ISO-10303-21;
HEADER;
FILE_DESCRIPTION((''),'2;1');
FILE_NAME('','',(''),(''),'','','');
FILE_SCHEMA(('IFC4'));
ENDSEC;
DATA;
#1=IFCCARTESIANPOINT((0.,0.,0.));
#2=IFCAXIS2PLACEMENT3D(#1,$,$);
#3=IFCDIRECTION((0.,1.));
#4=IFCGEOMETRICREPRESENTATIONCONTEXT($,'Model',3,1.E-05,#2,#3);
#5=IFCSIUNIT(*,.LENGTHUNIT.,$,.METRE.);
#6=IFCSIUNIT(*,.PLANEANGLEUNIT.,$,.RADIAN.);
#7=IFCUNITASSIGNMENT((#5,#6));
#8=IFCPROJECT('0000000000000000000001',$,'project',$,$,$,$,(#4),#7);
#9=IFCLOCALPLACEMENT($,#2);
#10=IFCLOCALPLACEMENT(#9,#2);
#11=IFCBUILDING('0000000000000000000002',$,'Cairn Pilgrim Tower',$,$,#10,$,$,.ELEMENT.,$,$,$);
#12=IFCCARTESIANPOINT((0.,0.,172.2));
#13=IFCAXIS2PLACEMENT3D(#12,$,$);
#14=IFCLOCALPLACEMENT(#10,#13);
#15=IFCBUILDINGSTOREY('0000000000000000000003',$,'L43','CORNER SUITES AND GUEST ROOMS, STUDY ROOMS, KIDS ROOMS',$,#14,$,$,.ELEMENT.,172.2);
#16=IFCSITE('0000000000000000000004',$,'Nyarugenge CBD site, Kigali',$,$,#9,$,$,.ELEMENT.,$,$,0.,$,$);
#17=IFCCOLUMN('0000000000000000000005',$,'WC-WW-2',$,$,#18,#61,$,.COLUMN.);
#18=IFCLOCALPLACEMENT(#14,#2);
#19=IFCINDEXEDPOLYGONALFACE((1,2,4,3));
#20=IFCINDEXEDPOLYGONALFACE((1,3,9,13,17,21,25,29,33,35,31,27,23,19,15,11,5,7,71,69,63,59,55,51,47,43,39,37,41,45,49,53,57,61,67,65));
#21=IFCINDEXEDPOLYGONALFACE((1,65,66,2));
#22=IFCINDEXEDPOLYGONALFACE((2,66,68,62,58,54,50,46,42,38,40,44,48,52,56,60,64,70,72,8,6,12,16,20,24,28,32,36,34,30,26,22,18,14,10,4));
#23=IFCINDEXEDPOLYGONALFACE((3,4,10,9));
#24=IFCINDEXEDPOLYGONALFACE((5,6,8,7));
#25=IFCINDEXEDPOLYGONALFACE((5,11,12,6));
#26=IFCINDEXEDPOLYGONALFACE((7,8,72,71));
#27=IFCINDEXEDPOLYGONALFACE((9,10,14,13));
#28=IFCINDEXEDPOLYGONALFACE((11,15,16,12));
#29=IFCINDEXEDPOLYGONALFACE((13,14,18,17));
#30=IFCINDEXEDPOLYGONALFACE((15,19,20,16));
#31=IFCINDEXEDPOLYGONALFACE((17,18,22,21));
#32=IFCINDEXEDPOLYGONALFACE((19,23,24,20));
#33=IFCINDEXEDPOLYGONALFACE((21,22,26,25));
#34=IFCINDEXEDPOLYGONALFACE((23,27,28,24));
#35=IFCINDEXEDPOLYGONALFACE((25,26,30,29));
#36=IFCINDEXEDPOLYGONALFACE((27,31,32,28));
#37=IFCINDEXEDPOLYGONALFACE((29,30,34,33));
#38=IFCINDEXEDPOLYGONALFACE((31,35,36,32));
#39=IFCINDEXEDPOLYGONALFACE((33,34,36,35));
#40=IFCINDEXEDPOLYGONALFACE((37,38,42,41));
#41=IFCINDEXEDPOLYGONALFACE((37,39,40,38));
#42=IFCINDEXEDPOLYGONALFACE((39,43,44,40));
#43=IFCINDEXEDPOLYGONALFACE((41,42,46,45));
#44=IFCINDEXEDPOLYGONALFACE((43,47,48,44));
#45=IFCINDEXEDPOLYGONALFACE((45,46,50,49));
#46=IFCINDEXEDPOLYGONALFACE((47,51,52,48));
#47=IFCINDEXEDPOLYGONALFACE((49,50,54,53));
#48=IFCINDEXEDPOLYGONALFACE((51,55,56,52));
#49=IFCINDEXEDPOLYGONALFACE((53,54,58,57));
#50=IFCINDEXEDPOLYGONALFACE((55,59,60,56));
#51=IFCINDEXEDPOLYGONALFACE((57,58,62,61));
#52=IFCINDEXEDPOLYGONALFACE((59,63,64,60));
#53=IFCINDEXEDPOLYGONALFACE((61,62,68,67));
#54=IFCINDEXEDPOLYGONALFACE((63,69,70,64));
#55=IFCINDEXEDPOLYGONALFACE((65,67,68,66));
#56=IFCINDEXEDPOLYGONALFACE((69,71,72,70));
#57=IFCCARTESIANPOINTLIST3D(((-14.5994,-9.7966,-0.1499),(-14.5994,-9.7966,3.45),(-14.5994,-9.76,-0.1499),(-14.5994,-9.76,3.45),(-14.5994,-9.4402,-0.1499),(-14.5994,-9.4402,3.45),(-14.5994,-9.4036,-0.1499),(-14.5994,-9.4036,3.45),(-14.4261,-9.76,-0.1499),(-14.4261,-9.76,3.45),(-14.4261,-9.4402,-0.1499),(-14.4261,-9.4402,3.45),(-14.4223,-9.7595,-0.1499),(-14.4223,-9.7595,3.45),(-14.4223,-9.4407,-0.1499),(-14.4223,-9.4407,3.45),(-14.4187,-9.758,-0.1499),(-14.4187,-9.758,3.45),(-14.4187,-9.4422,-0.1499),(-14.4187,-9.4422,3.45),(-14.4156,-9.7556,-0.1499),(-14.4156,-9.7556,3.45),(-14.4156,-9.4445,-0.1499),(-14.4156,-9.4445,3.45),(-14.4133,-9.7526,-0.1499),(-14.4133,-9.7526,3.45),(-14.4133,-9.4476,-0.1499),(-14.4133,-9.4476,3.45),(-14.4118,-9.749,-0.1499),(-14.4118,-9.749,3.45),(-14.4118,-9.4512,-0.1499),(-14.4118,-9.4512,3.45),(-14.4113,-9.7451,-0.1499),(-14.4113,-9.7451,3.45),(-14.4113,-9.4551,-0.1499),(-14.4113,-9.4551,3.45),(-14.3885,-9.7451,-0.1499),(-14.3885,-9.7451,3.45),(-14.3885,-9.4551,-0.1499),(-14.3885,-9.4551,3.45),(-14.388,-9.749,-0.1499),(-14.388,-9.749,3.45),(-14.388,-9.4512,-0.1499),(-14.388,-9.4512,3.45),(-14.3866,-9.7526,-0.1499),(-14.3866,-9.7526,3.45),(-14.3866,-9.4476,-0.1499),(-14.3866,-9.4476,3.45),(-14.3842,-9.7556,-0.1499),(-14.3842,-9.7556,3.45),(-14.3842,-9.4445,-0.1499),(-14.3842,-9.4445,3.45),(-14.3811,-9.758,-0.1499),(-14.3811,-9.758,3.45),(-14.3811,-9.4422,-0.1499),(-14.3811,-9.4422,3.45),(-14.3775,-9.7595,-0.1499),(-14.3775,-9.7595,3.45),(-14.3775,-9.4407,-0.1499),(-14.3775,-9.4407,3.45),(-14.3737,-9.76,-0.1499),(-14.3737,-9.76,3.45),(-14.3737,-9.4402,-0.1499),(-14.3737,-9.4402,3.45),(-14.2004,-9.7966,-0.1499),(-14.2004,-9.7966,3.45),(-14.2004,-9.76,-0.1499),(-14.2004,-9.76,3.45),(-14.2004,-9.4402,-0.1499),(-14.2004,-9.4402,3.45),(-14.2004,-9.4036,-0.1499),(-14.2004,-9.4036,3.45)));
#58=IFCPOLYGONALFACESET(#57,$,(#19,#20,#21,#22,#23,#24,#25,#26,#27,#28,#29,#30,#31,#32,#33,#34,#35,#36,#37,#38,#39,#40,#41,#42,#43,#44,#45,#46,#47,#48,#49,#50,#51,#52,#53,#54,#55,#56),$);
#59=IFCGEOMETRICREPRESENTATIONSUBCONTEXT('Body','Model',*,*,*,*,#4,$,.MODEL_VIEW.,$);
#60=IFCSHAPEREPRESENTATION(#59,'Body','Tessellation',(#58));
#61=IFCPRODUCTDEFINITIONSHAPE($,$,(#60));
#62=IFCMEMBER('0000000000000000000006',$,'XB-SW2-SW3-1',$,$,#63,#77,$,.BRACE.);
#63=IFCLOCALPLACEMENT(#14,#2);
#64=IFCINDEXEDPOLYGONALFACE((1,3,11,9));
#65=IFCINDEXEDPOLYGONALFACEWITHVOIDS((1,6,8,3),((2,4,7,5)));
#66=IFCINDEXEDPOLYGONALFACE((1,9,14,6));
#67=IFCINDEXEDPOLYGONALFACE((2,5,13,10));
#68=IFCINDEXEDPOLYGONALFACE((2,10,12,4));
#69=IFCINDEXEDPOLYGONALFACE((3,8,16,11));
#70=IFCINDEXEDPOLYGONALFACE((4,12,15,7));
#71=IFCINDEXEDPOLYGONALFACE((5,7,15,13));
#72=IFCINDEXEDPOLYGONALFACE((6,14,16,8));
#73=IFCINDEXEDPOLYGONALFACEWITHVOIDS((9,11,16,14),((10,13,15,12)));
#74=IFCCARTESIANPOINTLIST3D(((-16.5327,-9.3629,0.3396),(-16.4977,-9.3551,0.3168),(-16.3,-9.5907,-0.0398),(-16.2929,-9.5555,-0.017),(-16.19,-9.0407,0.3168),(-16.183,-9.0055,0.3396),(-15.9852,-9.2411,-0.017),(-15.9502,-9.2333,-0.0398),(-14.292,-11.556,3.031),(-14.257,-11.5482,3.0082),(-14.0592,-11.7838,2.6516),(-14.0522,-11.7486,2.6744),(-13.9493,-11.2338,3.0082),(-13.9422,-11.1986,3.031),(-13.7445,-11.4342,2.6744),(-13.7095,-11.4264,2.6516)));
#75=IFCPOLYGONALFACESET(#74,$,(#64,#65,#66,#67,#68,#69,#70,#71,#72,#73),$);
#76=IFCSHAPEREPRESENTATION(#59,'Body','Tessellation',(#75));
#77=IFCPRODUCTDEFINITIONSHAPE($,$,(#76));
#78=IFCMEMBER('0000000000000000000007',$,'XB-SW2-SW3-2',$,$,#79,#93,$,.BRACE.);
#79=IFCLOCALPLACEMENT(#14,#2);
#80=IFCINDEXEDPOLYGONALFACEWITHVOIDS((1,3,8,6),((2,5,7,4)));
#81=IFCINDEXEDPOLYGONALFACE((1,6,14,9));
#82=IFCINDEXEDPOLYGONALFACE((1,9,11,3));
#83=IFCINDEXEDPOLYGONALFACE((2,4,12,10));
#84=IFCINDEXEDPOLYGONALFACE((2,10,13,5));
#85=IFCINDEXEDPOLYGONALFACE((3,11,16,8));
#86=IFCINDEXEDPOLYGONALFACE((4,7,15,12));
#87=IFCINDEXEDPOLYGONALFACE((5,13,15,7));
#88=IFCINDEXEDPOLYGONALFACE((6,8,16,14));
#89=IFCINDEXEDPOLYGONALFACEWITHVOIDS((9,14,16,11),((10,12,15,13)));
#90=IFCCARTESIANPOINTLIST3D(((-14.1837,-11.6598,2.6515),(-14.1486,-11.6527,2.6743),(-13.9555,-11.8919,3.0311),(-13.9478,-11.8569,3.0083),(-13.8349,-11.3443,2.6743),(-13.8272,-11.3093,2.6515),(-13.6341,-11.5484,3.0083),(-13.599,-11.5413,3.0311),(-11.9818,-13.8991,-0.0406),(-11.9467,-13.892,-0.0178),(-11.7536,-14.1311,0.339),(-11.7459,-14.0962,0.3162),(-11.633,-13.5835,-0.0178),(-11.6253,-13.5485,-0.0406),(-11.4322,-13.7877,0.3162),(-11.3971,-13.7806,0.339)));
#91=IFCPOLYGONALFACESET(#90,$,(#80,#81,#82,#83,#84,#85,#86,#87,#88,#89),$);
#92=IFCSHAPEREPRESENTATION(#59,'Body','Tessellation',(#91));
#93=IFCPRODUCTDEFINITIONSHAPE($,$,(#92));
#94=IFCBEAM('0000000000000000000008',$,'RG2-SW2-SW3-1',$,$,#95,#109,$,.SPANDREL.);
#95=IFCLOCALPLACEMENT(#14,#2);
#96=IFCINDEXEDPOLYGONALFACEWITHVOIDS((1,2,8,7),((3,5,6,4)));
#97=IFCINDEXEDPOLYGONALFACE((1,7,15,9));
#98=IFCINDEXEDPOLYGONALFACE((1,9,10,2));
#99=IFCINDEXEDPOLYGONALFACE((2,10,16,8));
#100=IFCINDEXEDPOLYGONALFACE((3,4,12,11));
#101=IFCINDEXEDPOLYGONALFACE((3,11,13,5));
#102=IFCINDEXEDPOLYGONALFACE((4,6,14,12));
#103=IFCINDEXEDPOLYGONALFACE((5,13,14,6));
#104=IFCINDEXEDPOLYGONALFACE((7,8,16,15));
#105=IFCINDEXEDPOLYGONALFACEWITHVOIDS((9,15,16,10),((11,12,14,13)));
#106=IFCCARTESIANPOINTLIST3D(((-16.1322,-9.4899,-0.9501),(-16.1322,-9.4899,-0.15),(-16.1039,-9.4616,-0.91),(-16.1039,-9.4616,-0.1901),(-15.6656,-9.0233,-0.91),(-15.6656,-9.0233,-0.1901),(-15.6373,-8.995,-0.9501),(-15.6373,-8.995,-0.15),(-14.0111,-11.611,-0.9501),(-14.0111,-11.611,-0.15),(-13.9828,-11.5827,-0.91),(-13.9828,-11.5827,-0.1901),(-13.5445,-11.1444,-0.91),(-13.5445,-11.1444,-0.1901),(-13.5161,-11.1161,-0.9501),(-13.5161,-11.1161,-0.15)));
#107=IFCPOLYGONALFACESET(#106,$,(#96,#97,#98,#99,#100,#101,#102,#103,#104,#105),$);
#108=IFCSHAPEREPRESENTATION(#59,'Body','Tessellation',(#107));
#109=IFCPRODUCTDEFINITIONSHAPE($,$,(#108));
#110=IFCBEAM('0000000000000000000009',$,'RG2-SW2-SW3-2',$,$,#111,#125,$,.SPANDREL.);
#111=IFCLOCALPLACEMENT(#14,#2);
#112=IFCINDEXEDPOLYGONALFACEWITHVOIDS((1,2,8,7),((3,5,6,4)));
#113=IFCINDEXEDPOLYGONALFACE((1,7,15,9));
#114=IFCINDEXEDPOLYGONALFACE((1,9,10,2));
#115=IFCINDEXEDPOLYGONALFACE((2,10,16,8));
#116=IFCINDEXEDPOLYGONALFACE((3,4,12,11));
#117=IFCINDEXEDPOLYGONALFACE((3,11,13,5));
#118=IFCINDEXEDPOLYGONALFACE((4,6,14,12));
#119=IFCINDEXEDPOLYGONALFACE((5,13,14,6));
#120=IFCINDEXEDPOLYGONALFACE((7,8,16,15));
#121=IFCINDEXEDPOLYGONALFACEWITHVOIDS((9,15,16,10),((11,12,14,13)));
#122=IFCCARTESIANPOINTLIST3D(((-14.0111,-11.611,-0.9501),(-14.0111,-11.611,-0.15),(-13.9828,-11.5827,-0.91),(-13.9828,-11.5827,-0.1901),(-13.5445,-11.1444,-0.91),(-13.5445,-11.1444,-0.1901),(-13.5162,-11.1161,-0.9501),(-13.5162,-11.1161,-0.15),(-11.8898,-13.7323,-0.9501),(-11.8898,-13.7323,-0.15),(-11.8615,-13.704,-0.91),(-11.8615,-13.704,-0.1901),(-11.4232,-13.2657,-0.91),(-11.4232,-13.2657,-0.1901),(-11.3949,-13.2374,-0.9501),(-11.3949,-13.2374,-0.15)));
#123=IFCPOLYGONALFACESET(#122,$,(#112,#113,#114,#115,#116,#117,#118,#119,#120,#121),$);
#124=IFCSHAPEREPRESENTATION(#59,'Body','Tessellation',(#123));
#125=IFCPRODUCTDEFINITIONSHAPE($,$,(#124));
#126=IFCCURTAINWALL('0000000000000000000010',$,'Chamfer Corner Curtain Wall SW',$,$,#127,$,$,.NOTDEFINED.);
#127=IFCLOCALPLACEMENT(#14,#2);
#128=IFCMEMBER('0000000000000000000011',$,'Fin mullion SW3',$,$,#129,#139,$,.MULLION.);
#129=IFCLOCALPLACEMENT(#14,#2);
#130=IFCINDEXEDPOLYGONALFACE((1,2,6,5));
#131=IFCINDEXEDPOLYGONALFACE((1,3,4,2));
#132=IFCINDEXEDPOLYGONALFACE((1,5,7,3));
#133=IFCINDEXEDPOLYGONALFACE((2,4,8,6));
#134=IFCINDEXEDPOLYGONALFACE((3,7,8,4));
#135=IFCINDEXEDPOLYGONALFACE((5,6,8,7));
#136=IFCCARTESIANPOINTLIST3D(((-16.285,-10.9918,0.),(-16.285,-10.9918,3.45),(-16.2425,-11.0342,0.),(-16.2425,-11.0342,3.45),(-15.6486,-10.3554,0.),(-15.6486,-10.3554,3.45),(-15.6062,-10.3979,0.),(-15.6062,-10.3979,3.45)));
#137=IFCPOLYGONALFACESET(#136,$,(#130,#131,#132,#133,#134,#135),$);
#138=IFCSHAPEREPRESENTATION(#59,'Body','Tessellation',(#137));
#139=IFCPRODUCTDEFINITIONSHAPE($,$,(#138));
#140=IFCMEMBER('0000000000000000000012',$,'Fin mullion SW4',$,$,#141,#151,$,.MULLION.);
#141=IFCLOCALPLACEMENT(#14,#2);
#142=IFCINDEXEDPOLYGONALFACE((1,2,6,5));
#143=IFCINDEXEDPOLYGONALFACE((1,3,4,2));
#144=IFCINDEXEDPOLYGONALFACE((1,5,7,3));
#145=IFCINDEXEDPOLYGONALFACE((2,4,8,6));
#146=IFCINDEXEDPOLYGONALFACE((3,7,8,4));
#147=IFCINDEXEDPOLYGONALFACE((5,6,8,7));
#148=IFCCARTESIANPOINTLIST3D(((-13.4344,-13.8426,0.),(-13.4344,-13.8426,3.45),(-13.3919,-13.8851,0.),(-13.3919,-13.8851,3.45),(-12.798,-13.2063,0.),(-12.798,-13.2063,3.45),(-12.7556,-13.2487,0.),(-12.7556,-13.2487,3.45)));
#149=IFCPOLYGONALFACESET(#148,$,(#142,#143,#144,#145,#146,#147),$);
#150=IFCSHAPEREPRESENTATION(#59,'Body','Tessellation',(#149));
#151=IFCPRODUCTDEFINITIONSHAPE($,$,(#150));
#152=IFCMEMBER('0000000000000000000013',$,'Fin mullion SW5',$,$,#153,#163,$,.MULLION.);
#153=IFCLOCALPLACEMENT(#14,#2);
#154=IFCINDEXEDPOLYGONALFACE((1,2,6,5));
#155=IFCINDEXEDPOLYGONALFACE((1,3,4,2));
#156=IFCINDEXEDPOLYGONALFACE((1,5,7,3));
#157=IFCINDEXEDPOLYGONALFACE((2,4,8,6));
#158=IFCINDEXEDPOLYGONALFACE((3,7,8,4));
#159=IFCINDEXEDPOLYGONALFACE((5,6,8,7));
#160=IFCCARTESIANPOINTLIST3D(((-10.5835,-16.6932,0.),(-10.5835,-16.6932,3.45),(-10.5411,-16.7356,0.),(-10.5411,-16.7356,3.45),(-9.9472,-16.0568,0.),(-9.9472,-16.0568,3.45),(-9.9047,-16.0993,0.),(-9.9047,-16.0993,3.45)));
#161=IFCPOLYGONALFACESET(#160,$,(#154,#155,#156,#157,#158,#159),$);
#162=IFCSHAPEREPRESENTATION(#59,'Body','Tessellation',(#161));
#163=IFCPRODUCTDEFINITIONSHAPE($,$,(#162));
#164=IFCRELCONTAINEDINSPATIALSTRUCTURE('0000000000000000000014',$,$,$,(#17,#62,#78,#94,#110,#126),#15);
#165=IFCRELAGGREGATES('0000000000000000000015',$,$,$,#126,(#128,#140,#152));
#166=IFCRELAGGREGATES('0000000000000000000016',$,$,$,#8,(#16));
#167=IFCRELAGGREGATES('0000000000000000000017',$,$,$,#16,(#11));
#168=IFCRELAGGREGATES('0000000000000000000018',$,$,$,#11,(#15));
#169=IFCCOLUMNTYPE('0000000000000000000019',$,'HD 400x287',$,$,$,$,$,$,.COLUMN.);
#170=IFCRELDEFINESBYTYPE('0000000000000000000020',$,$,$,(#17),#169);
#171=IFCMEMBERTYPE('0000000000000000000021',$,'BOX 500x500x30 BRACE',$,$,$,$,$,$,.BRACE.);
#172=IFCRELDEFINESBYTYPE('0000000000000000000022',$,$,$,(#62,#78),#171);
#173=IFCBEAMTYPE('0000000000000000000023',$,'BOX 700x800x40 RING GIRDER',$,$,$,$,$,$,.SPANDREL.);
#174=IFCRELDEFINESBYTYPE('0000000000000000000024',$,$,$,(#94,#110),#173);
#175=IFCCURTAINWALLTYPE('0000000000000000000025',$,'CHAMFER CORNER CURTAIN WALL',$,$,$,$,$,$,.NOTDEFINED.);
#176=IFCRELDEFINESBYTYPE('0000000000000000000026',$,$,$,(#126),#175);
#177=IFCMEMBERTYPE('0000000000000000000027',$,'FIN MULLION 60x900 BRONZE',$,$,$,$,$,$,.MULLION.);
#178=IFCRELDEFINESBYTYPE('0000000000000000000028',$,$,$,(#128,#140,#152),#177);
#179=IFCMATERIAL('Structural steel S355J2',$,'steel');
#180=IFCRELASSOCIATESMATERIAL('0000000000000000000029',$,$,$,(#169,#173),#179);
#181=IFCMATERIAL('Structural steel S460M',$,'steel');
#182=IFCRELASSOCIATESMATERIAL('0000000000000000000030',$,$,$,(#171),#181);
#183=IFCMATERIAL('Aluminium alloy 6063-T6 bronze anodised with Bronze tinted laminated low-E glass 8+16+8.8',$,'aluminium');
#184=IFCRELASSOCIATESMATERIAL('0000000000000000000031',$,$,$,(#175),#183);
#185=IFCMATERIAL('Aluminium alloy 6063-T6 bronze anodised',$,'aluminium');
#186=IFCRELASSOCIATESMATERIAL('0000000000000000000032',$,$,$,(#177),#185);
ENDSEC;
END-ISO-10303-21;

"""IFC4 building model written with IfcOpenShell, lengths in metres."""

from ifc_helpers import new_model, si_unit, direction, frame, origin, origin_2d, place, context, subcontext, project, spatial, rectangle, hollow_rectangle, i_section, extrude, material, material_profile, profile_set, type_object, element, aggregate, save


model = new_model("IFC4")

# Units and contexts
model_context = context("Model", 3, precision=1e-05, world=origin(), true_north=direction((0.0, 1.0)))
body_context = subcontext(model_context, "Body", "Model", "MODEL_VIEW")
ifc_project = project(units=[si_unit("LENGTHUNIT", "METRE"), si_unit("PLANEANGLEUNIT", "RADIAN")], contexts=[model_context])

# Site, building, storey
site_placement = place(None, origin())
site = spatial("IfcSite", under=ifc_project, at=site_placement, Name="Nyarugenge CBD site, Kigali", CompositionType="ELEMENT", RefElevation=0.0)
building_placement = place(site_placement, origin())
building = spatial("IfcBuilding", under=site, at=building_placement, Name="Cairn Pilgrim Tower", CompositionType="ELEMENT")
storey_placement = place(building_placement, frame((0.0, 0.0, 172.2)))
storey = spatial("IfcBuildingStorey", under=building, at=storey_placement, Name="L43", Description="CORNER SUITES AND GUEST ROOMS, STUDY ROOMS, KIDS ROOMS", CompositionType="ELEMENT", Elevation=172.2)

# Column
ifc_material_1 = material(Name="Structural steel S460M", Category="steel")
ifc_material_2 = material(Name="Structural steel S355J2", Category="steel")
ifc_material_profile_1 = material_profile(ifc_material_2, i_section(OverallWidth=0.3989, OverallDepth=0.3931, WebThickness=0.0227, FlangeThickness=0.0366, FilletRadius=0.0149, at=origin_2d()), Name="HD 400x287")
ifc_profile_set_1 = profile_set([ifc_material_profile_1], Name="Structural steel S355J2")
column_type_1 = type_object("IfcColumnType", Name="HD 400x287", PredefinedType="COLUMN", material=ifc_profile_set_1)
column_1_placement = place(storey_placement, frame((-14.3999, -9.6001, -0.1499), z_axis=(0.0, 0.0, 1.0), x_axis=(1.0, 0.0, 0.0)))
element("IfcColumn", 1, at=column_1_placement, inside=storey, type_object=column_type_1, Name="WC-WW-2", PredefinedType="COLUMN", context=body_context, shape_type="SweptSolid", body=[
    extrude(i_section(OverallWidth=0.3989, OverallDepth=0.3931, WebThickness=0.0227, FlangeThickness=0.0366, FilletRadius=0.0149, at=origin_2d()), origin(), (0.0, 0.0, 1.0), 3.5999),
])

# Members
ifc_material_profile_2 = material_profile(ifc_material_1, hollow_rectangle(XDim=0.5, YDim=0.5, WallThickness=0.03, at=origin_2d()), Name="BOX 500x500x30")
ifc_profile_set_2 = profile_set([ifc_material_profile_2], Name="Structural steel S460M")
member_type_1 = type_object("IfcMemberType", Name="BOX 500x500x30 BRACE", PredefinedType="BRACE", material=ifc_profile_set_2)
member_1_placement = place(storey_placement, frame((-16.2415, -9.2981, 0.1499), z_axis=(0.542272, -0.530751, 0.651341), x_axis=(0.699474, 0.714658, 0.0)))
element("IfcMember", 2, at=member_1_placement, inside=storey, type_object=member_type_1, Name="XB-SW2-SW3-1", PredefinedType="BRACE", context=body_context, shape_type="SweptSolid", body=[
    extrude(hollow_rectangle(XDim=0.5, YDim=0.5, WallThickness=0.03, at=origin_2d()), origin(), (0.0, 0.0, 1.0), 4.1321),
])
member_2_placement = place(storey_placement, frame((-11.6895, -13.8398, 0.1492), z_axis=(-0.532317, 0.541347, 0.650832), x_axis=(-0.713029, -0.701135, 0.0)))
element("IfcMember", 3, at=member_2_placement, inside=storey, type_object=member_type_1, Name="XB-SW2-SW3-2", PredefinedType="BRACE", context=body_context, shape_type="SweptSolid", body=[
    extrude(hollow_rectangle(XDim=0.5, YDim=0.5, WallThickness=0.03, at=origin_2d()), origin(), (0.0, 0.0, 1.0), 4.1365),
])

# Beams
ifc_material_profile_3 = material_profile(ifc_material_2, hollow_rectangle(XDim=0.7, YDim=0.8, WallThickness=0.04, at=origin_2d()), Name="BOX 700x800x40")
ifc_profile_set_3 = profile_set([ifc_material_profile_3], Name="Structural steel S355J2")
beam_type_1 = type_object("IfcBeamType", Name="BOX 700x800x40 RING GIRDER", PredefinedType="SPANDREL", material=ifc_profile_set_3)
beam_1_placement = place(storey_placement, frame((-15.8848, -9.2424, -0.55), z_axis=(0.707107, -0.707107, 0.0), x_axis=(0.707107, 0.707107, 0.0)))
element("IfcBeam", 4, at=beam_1_placement, inside=storey, type_object=beam_type_1, Name="RG2-SW2-SW3-1", PredefinedType="SPANDREL", context=body_context, shape_type="SweptSolid", body=[
    extrude(hollow_rectangle(XDim=0.7, YDim=0.8, WallThickness=0.04, at=origin_2d()), origin(), (0.0, 0.0, 1.0), 2.9998),
])
beam_2_placement = place(storey_placement, frame((-13.7637, -11.3635, -0.55), z_axis=(0.707107, -0.707107, 0.0), x_axis=(0.707107, 0.707107, 0.0)))
element("IfcBeam", 5, at=beam_2_placement, inside=storey, type_object=beam_type_1, Name="RG2-SW2-SW3-2", PredefinedType="SPANDREL", context=body_context, shape_type="SweptSolid", body=[
    extrude(hollow_rectangle(XDim=0.7, YDim=0.8, WallThickness=0.04, at=origin_2d()), origin(), (0.0, 0.0, 1.0), 3.0),
])

# Curtain wall, members
ifc_material_3 = material(Name="Aluminium alloy 6063-T6 bronze anodised with Bronze tinted laminated low-E glass 8+16+8.8", Category="aluminium")
curtain_wall_type = type_object("IfcCurtainWallType", Name="CHAMFER CORNER CURTAIN WALL", PredefinedType="NOTDEFINED", material=ifc_material_3)
curtain_wall_placement = place(storey_placement, origin())
curtain_wall = element("IfcCurtainWall", 6, at=curtain_wall_placement, inside=storey, type_object=curtain_wall_type, Name="Chamfer Corner Curtain Wall SW", PredefinedType="NOTDEFINED")
ifc_material_4 = material(Name="Aluminium alloy 6063-T6 bronze anodised", Category="aluminium")
ifc_material_profile_4 = material_profile(ifc_material_4, rectangle(XDim=0.8999, YDim=0.0601, at=origin_2d()), Name="FIN MULLION 60x900 BRONZE")
ifc_profile_set_4 = profile_set([ifc_material_profile_4], Name="Aluminium alloy 6063-T6 bronze anodised")
member_type_2 = type_object("IfcMemberType", Name="FIN MULLION 60x900 BRONZE", PredefinedType="MULLION", material=ifc_profile_set_4)
member_3_placement = place(storey_placement, frame((-15.9456, -10.6948, 0.0), z_axis=(0.0, 0.0, 1.0), x_axis=(-0.707107, -0.707107, 0.0)))
member_3 = element("IfcMember", 7, at=member_3_placement, type_object=member_type_2, Name="Fin mullion SW3", PredefinedType="MULLION", context=body_context, shape_type="SweptSolid", body=[
    extrude(rectangle(XDim=0.8999, YDim=0.0601, at=origin_2d()), origin(), (0.0, 0.0, 1.0), 3.45),
])
member_4_placement = place(storey_placement, frame((-13.095, -13.5457, 0.0), z_axis=(0.0, 0.0, 1.0), x_axis=(-0.707107, -0.707107, 0.0)))
member_4 = element("IfcMember", 8, at=member_4_placement, type_object=member_type_2, Name="Fin mullion SW4", PredefinedType="MULLION", context=body_context, shape_type="SweptSolid", body=[
    extrude(rectangle(XDim=0.8999, YDim=0.0601, at=origin_2d()), origin(), (0.0, 0.0, 1.0), 3.45),
])
member_5_placement = place(storey_placement, frame((-10.2441, -16.3962, 0.0), z_axis=(0.0, 0.0, 1.0), x_axis=(-0.707107, -0.707107, 0.0)))
member_5 = element("IfcMember", 9, at=member_5_placement, type_object=member_type_2, Name="Fin mullion SW5", PredefinedType="MULLION", context=body_context, shape_type="SweptSolid", body=[
    extrude(rectangle(XDim=0.8999, YDim=0.0601, at=origin_2d()), origin(), (0.0, 0.0, 1.0), 3.45),
])

aggregate(curtain_wall, [member_3, member_4, member_5])

save(model, "model.ifc")
